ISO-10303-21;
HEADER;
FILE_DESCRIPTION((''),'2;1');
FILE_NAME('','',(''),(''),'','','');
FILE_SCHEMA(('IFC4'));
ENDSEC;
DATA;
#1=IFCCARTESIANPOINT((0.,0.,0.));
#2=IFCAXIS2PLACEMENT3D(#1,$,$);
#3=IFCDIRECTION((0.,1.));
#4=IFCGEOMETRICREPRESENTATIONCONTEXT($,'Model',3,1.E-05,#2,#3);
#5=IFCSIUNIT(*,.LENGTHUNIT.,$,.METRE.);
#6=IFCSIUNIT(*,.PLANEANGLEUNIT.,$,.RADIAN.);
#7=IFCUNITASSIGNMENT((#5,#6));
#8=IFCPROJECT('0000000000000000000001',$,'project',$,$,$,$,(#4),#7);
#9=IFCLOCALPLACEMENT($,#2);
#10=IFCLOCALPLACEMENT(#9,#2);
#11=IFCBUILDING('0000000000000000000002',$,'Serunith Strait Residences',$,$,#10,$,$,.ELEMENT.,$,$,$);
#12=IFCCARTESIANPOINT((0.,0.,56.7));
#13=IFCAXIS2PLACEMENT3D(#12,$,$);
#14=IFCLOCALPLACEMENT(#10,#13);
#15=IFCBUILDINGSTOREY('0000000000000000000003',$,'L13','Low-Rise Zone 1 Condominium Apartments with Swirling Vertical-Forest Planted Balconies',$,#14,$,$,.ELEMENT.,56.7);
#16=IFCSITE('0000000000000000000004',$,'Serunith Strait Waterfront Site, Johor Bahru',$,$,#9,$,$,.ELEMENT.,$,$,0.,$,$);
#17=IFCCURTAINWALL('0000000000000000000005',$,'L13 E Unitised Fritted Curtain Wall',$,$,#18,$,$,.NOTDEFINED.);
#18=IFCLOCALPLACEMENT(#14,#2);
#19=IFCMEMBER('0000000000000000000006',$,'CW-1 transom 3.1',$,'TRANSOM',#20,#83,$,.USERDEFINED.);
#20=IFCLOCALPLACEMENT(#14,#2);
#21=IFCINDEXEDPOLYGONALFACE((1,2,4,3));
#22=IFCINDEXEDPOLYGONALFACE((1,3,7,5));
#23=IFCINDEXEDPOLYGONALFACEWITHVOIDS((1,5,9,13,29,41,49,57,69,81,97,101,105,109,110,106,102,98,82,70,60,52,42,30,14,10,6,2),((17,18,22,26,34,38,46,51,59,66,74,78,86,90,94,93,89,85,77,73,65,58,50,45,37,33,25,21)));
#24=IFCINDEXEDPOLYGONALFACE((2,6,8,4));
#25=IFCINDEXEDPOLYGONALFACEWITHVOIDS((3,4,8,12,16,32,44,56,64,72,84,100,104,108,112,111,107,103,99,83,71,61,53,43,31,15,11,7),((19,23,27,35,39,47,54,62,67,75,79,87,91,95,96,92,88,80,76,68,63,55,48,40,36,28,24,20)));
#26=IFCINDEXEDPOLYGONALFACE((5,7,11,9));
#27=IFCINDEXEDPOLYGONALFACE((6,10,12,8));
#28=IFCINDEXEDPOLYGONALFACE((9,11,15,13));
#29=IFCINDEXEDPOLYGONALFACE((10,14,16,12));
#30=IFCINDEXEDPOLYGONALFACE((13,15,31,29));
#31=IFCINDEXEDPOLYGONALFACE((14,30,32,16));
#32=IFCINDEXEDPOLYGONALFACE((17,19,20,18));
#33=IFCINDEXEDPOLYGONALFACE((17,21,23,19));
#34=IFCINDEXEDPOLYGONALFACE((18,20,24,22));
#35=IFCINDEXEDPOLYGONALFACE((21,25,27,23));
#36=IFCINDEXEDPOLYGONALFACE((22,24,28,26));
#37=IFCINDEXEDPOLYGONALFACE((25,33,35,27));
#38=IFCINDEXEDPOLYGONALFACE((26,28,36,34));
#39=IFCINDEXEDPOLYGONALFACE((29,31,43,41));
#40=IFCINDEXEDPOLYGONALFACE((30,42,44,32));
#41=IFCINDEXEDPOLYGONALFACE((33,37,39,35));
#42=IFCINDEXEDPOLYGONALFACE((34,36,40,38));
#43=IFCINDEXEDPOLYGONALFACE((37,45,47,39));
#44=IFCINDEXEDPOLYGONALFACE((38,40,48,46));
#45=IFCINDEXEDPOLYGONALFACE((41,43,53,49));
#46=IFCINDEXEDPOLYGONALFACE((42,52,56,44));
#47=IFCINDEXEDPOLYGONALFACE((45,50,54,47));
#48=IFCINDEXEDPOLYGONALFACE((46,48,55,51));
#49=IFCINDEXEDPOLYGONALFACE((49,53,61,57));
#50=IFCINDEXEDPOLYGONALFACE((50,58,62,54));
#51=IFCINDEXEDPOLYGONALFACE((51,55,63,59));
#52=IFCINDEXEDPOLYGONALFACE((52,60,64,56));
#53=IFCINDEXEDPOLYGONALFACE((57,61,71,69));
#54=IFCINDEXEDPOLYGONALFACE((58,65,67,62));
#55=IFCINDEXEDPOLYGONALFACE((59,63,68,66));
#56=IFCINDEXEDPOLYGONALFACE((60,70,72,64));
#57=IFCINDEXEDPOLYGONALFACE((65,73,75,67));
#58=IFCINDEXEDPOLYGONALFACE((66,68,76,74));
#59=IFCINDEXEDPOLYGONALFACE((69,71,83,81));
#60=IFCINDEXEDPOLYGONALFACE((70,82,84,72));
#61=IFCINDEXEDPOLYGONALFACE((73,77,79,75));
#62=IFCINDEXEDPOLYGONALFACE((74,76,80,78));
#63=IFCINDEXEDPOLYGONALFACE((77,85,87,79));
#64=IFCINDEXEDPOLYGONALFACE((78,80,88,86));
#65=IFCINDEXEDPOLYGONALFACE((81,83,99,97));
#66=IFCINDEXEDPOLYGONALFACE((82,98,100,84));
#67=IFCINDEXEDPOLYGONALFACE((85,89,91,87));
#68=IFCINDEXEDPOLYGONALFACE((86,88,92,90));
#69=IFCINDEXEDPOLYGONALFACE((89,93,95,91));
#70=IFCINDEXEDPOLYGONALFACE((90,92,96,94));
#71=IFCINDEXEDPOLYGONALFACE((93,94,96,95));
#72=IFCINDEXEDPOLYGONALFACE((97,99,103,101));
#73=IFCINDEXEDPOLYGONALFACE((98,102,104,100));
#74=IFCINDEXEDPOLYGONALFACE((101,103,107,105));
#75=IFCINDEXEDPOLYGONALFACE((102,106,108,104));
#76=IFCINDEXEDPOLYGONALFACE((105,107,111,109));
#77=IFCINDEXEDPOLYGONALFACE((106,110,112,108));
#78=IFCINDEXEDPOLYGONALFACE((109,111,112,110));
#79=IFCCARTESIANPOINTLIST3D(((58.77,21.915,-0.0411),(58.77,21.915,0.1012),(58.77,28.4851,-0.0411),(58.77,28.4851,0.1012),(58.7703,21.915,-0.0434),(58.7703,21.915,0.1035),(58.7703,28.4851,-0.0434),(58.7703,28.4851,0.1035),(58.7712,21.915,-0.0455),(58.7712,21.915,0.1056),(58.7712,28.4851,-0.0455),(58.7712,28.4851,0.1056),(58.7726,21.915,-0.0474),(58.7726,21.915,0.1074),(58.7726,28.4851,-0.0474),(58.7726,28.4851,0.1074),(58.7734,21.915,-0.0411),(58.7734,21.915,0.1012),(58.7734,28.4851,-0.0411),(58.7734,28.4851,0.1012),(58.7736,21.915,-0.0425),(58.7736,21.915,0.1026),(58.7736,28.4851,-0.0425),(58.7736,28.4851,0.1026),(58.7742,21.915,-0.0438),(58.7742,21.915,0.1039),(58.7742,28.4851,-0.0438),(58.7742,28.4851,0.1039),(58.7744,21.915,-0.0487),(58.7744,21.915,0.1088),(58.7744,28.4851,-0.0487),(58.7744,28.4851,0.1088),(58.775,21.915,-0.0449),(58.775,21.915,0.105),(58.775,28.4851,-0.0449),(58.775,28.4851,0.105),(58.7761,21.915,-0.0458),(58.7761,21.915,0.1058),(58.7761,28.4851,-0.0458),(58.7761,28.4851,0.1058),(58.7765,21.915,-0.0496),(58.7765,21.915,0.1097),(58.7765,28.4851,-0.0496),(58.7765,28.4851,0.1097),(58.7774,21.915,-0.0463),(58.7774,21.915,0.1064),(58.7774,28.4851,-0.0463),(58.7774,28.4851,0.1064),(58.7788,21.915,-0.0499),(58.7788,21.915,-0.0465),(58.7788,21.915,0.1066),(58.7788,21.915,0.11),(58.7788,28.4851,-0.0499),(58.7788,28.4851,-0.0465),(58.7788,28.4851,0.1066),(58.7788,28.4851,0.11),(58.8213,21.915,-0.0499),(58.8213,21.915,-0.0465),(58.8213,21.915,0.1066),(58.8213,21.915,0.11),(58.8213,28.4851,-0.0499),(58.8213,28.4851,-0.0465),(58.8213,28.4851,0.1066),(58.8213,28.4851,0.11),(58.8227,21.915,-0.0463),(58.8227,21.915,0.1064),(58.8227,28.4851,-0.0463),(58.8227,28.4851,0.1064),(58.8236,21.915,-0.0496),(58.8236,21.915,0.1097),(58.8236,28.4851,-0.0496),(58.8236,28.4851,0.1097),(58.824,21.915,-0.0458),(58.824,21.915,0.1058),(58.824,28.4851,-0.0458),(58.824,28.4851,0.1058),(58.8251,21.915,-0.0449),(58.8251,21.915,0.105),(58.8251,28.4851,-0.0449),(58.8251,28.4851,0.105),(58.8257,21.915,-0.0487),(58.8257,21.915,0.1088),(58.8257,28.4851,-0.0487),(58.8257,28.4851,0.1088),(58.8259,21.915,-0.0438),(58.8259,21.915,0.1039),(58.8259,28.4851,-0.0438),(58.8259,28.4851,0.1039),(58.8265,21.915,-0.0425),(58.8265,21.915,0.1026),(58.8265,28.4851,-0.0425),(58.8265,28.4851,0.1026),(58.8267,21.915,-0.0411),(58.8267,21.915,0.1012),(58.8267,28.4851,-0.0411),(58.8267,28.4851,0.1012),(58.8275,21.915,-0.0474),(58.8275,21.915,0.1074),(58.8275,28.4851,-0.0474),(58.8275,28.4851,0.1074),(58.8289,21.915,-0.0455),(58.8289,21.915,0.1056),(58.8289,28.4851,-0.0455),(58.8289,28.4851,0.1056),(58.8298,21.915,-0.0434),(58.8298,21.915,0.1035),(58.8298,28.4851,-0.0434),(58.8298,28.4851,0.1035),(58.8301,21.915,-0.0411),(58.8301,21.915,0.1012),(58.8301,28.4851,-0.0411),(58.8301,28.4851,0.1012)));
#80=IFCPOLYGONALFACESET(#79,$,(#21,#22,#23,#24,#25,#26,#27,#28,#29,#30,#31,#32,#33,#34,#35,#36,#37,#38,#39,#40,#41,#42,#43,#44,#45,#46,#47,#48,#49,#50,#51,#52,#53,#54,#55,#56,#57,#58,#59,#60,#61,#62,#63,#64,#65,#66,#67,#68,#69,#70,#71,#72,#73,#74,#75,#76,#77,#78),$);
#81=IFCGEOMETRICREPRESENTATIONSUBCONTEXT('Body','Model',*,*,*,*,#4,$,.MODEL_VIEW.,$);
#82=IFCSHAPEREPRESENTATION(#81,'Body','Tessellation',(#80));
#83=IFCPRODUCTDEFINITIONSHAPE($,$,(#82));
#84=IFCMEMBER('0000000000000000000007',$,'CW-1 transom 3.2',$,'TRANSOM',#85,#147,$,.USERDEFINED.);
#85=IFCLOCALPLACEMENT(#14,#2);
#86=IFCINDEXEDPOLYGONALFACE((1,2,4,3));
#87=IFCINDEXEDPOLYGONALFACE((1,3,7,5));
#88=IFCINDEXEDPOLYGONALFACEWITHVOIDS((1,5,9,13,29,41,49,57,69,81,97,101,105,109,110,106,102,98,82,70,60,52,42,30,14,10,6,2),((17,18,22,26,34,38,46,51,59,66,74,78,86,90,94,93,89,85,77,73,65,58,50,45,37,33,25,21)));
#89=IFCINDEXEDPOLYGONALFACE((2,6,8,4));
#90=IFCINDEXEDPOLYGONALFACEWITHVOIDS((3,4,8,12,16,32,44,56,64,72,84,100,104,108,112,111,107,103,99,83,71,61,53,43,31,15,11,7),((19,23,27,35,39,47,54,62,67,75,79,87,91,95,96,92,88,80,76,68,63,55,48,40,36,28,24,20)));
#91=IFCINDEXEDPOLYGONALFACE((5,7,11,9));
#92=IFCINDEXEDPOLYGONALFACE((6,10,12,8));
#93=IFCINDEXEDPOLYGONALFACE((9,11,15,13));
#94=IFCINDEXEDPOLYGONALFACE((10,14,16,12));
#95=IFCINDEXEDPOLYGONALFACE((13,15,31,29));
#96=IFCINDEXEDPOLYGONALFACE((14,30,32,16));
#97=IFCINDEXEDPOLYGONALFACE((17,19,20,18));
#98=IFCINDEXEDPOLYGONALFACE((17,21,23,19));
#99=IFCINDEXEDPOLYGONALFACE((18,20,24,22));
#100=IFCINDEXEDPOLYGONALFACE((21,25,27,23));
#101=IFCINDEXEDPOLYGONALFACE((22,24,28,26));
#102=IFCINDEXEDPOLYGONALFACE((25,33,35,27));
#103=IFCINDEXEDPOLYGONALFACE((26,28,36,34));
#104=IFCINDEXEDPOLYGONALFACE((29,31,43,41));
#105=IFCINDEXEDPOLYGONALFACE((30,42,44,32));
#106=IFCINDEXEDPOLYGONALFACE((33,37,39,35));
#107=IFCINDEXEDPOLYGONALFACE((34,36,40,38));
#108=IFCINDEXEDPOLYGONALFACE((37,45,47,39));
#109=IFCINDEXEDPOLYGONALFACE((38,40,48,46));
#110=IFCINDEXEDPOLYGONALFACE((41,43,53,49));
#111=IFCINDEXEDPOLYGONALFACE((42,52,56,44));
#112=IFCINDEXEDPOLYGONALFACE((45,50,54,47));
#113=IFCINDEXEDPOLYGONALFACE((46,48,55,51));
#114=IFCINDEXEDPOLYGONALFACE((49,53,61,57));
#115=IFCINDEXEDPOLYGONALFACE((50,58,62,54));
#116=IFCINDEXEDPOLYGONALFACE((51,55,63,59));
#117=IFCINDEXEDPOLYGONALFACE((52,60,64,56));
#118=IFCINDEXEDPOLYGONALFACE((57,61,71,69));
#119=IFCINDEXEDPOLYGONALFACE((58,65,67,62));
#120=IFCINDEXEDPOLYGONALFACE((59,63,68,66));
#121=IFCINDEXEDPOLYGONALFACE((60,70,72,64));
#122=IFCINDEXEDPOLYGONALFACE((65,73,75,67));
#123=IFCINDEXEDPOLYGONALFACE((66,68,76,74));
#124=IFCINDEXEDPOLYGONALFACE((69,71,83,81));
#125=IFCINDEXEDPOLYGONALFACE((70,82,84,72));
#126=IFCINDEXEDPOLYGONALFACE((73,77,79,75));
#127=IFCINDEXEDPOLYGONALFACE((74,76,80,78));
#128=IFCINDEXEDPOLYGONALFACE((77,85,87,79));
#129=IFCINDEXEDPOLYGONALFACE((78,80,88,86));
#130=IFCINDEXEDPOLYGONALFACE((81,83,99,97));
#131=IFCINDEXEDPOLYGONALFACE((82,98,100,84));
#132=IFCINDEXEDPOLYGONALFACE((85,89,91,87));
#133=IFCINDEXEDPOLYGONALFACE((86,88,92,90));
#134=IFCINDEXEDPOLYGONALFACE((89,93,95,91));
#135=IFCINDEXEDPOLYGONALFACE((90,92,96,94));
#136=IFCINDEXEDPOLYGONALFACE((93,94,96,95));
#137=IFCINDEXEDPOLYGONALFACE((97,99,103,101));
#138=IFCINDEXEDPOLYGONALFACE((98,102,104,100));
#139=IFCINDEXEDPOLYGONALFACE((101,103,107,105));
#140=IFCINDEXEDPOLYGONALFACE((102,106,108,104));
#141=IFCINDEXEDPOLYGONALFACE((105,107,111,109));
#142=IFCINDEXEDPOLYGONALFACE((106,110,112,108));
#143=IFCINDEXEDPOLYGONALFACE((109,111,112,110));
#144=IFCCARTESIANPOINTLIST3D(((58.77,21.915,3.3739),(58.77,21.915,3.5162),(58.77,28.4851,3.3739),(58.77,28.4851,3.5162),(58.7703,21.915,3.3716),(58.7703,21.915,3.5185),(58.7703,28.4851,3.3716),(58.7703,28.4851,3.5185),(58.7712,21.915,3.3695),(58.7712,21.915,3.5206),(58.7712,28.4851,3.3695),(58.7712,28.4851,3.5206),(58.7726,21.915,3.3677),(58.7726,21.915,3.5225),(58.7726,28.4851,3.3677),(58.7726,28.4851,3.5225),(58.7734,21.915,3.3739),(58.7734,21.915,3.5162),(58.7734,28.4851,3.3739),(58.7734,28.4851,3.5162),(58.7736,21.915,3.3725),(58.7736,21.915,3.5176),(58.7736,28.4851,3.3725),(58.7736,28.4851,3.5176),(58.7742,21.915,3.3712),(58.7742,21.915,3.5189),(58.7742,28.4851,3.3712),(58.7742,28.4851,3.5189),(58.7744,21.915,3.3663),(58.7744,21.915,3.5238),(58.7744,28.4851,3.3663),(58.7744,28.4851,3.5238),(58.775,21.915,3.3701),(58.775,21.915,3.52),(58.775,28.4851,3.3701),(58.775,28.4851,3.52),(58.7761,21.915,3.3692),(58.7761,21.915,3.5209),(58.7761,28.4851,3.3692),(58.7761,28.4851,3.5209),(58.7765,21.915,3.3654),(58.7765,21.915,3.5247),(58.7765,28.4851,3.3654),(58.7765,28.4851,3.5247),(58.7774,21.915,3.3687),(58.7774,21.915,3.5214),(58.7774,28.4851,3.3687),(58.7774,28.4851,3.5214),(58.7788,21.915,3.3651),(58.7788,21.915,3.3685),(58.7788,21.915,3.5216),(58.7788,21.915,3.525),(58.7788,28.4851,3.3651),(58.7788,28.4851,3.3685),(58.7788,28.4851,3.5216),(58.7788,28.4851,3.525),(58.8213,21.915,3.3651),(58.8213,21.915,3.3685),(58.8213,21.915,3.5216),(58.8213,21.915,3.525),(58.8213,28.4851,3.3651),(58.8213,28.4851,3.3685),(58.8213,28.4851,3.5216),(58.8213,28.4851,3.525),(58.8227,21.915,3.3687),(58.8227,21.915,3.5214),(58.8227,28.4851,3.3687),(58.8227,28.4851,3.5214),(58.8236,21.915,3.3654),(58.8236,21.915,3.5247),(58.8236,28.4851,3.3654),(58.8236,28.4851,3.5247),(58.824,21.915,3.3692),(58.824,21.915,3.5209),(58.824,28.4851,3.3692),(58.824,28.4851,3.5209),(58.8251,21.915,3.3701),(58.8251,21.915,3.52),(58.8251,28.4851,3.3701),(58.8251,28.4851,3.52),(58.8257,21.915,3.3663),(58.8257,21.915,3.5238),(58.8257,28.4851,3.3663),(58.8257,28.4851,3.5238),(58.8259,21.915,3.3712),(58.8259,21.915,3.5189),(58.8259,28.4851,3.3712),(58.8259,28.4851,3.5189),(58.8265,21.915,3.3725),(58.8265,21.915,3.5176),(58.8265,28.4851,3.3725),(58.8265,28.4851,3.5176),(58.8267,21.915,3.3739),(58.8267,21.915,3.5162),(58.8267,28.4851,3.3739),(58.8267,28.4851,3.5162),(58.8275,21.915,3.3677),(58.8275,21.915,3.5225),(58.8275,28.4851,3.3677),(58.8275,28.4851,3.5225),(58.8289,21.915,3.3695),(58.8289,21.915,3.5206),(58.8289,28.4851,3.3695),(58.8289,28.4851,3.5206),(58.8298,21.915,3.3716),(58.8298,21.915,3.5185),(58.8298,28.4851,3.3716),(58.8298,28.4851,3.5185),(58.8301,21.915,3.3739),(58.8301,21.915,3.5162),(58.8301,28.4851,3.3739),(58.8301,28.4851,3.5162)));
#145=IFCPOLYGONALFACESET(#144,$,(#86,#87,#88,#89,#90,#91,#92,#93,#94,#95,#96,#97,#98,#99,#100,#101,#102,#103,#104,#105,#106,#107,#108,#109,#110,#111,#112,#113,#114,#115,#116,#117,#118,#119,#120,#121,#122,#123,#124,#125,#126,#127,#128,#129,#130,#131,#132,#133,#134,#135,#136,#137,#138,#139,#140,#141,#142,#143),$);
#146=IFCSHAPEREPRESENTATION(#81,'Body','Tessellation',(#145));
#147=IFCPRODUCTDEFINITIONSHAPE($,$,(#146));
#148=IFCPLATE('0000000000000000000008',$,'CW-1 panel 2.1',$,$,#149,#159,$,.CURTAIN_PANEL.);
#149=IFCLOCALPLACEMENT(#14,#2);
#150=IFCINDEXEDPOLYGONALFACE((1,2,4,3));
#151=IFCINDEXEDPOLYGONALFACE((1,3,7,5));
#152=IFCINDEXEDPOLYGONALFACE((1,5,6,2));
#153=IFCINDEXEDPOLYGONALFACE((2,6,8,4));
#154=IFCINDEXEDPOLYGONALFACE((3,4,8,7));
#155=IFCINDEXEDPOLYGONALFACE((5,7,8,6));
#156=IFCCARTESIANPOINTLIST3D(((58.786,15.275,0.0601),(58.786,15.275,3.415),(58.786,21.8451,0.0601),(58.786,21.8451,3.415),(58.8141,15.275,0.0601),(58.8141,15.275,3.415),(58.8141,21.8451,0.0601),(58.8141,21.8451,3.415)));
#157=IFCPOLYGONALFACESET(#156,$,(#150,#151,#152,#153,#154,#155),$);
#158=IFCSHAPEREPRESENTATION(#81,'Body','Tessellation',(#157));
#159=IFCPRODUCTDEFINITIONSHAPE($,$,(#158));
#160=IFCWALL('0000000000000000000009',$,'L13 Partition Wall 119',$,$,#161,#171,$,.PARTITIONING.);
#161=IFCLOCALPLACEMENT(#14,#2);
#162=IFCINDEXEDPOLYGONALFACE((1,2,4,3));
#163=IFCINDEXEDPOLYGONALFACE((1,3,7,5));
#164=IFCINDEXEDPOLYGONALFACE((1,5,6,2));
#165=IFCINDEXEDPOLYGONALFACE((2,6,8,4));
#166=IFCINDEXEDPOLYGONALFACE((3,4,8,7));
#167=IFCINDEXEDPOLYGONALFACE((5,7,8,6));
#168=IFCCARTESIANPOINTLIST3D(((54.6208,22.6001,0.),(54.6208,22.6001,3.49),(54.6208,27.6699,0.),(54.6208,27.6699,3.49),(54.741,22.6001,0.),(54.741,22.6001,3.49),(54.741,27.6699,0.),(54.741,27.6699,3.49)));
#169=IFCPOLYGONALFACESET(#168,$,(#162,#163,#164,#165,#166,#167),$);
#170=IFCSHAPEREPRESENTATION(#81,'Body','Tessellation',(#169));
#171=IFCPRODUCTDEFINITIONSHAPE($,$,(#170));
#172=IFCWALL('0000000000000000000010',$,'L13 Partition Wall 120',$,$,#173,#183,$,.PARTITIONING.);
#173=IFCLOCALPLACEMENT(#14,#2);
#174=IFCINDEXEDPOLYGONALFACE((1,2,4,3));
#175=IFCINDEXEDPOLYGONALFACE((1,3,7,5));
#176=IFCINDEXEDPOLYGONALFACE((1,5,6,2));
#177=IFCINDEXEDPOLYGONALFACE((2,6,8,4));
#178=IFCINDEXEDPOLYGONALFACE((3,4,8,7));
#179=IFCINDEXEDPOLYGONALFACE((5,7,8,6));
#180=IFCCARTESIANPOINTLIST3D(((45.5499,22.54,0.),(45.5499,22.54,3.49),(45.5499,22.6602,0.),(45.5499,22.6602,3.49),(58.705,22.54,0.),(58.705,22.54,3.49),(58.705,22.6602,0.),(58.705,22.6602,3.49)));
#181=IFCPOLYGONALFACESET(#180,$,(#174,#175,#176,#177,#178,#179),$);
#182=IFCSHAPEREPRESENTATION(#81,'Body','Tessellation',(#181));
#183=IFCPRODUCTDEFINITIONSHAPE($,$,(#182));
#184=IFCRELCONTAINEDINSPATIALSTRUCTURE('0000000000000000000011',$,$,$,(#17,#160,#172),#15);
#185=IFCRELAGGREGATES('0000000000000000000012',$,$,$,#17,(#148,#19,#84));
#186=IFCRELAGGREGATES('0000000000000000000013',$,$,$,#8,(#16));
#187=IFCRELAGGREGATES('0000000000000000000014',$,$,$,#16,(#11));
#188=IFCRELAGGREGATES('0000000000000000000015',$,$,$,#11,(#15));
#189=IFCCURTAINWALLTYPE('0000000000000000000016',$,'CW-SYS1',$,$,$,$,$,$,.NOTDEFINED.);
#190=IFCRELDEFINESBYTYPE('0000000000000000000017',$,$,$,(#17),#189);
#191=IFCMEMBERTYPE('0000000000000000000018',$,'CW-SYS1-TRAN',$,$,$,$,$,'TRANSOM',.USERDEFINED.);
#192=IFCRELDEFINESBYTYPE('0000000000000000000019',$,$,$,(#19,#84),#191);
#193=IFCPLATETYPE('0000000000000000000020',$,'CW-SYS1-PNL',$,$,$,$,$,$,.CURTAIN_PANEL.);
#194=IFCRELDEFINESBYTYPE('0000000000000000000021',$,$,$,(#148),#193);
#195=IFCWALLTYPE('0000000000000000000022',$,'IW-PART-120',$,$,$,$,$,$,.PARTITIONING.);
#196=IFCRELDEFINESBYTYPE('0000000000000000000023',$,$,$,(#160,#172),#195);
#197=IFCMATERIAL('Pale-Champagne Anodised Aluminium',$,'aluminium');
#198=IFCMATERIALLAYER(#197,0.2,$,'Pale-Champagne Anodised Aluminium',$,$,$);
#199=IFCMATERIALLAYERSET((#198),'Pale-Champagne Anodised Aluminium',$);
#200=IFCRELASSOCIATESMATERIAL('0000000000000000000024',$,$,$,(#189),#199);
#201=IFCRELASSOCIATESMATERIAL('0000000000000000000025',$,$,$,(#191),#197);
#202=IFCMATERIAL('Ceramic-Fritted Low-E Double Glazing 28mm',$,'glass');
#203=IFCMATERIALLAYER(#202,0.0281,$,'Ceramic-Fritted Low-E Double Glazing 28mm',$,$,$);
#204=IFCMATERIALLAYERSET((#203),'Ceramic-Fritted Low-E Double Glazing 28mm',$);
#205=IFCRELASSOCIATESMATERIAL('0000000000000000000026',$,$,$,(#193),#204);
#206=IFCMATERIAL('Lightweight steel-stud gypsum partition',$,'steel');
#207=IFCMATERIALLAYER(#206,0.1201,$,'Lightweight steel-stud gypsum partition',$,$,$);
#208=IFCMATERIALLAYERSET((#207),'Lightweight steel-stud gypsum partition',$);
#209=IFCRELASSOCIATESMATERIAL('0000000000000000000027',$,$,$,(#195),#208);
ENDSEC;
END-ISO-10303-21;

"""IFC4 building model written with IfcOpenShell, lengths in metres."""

from ifc_helpers import new_model, si_unit, direction, frame, frame_2d, origin, origin_2d, place, context, subcontext, project, spatial, rectangle, hollow_rectangle, extrude, source, transform, mapped, material, layer, layer_set, material_profile, profile_set, type_object, element, aggregate, save


model = new_model("IFC4")

# Units and contexts
model_context = context("Model", 3, precision=1e-05, world=origin(), true_north=direction((0.0, 1.0)))
body_context = subcontext(model_context, "Body", "Model", "MODEL_VIEW")
ifc_project = project(units=[si_unit("LENGTHUNIT", "METRE"), si_unit("PLANEANGLEUNIT", "RADIAN")], contexts=[model_context])

# Site, building, storey
site_placement = place(None, origin())
site = spatial("IfcSite", under=ifc_project, at=site_placement, Name="Serunith Strait Waterfront Site, Johor Bahru", CompositionType="ELEMENT", RefElevation=0.0)
building_placement = place(site_placement, origin())
building = spatial("IfcBuilding", under=site, at=building_placement, Name="Serunith Strait Residences", CompositionType="ELEMENT")
storey_placement = place(building_placement, frame((0.0, 0.0, 56.7)))
storey = spatial("IfcBuildingStorey", under=building, at=storey_placement, Name="L13", Description="Low-Rise Zone 1 Condominium Apartments with Swirling Vertical-Forest Planted Balconies", CompositionType="ELEMENT", Elevation=56.7)

# Curtain wall, members, plate
ifc_material_1 = material(Name="Pale-Champagne Anodised Aluminium", Category="aluminium")
ifc_layer_1 = layer(ifc_material_1, 0.2, Name="Pale-Champagne Anodised Aluminium")
ifc_layer_set_1 = layer_set([ifc_layer_1], Name="Pale-Champagne Anodised Aluminium")
curtain_wall_type = type_object("IfcCurtainWallType", Name="CW-SYS1", PredefinedType="NOTDEFINED", material=ifc_layer_set_1)
curtain_wall_placement = place(storey_placement, origin())
curtain_wall = element("IfcCurtainWall", 1, at=curtain_wall_placement, inside=storey, type_object=curtain_wall_type, Name="L13 E Unitised Fritted Curtain Wall", PredefinedType="NOTDEFINED")
ifc_material_profile_1 = material_profile(ifc_material_1, hollow_rectangle(XDim=0.0601, YDim=0.1599, WallThickness=0.0034, InnerFilletRadius=0.0054, OuterFilletRadius=0.0088, at=origin_2d()), Name="ALU 160x60x3.5")
ifc_profile_set_1 = profile_set([ifc_material_profile_1], Name="Pale-Champagne Anodised Aluminium")
member_type_1 = type_object("IfcMemberType", Name="CW-SYS1-TRAN", ElementType="TRANSOM", PredefinedType="USERDEFINED", material=ifc_profile_set_1)
shared_shape_1 = source(origin(), body_context, "Body", "SweptSolid", [
    extrude(hollow_rectangle(XDim=0.0601, YDim=0.1599, WallThickness=0.0034, InnerFilletRadius=0.0054, OuterFilletRadius=0.0088, at=origin_2d()), origin(), (0.0, 0.0, 1.0), 6.5701),
])
member_1_placement = place(storey_placement, frame((58.8, 21.915, 0.03), z_axis=(0.0, 1.0, 0.0), x_axis=(-1.0, 0.0, 0.0)))
member_1 = element("IfcMember", 2, at=member_1_placement, type_object=member_type_1, Name="CW-1 transom 3.1", ObjectType="TRANSOM", PredefinedType="USERDEFINED", context=body_context, shape_type="MappedRepresentation", body=[
    mapped(shared_shape_1, transform((0.0, 0.0, 0.0), scale=1.0)),
])
member_2_placement = place(storey_placement, frame((58.8, 21.915, 3.4451), z_axis=(0.0, 1.0, 0.0), x_axis=(-1.0, 0.0, 0.0)))
member_2 = element("IfcMember", 3, at=member_2_placement, type_object=member_type_1, Name="CW-1 transom 3.2", ObjectType="TRANSOM", PredefinedType="USERDEFINED", context=body_context, shape_type="MappedRepresentation", body=[
    mapped(shared_shape_1, transform((0.0, 0.0, 0.0), scale=1.0)),
])
ifc_material_2 = material(Name="Ceramic-Fritted Low-E Double Glazing 28mm", Category="glass")
ifc_layer_2 = layer(ifc_material_2, 0.0281, Name="Ceramic-Fritted Low-E Double Glazing 28mm")
ifc_layer_set_2 = layer_set([ifc_layer_2], Name="Ceramic-Fritted Low-E Double Glazing 28mm")
plate_type = type_object("IfcPlateType", Name="CW-SYS1-PNL", PredefinedType="CURTAIN_PANEL", material=ifc_layer_set_2)
shared_shape_2 = source(origin(), body_context, "Body", "SweptSolid", [
    extrude(rectangle(XDim=6.5701, YDim=0.0281, at=origin_2d()), origin(), (0.0, 0.0, 1.0), 3.355),
])
plate_placement = place(storey_placement, frame((58.8, 18.5601, 0.0601), z_axis=(0.0, 0.0, 1.0), x_axis=(0.0, 1.0, 0.0)))
plate = element("IfcPlate", 4, at=plate_placement, type_object=plate_type, Name="CW-1 panel 2.1", PredefinedType="CURTAIN_PANEL", context=body_context, shape_type="MappedRepresentation", body=[
    mapped(shared_shape_2, transform((0.0, 0.0, 0.0), scale=1.0)),
])
aggregate(curtain_wall, [plate, member_1, member_2])

# Walls
ifc_material_3 = material(Name="Lightweight steel-stud gypsum partition", Category="steel")
ifc_layer_3 = layer(ifc_material_3, 0.1201, Name="Lightweight steel-stud gypsum partition")
ifc_layer_set_3 = layer_set([ifc_layer_3], Name="Lightweight steel-stud gypsum partition")
wall_type = type_object("IfcWallType", Name="IW-PART-120", PredefinedType="PARTITIONING", material=ifc_layer_set_3)
wall_1_placement = place(storey_placement, frame((54.6809, 22.6001, 0.0), z_axis=(0.0, 0.0, 1.0), x_axis=(0.0, 1.0, 0.0)))
element("IfcWall", 5, at=wall_1_placement, inside=storey, type_object=wall_type, Name="L13 Partition Wall 119", PredefinedType="PARTITIONING", context=body_context, shape_type="SweptSolid", body=[
    extrude(rectangle(XDim=5.0698, YDim=0.1201, at=frame_2d((2.5349, 0.0))), origin(), (0.0, 0.0, 1.0), 3.49),
])
wall_2_placement = place(storey_placement, frame((58.7051, 22.6001, 0.0), z_axis=(0.0, 0.0, 1.0), x_axis=(-1.0, 0.0, 0.0)))
element("IfcWall", 6, at=wall_2_placement, inside=storey, type_object=wall_type, Name="L13 Partition Wall 120", PredefinedType="PARTITIONING", context=body_context, shape_type="SweptSolid", body=[
    extrude(rectangle(XDim=13.155, YDim=0.1201, at=frame_2d((6.5776, 0.0))), origin(), (0.0, 0.0, 1.0), 3.49),
])

save(model, "model.ifc")
